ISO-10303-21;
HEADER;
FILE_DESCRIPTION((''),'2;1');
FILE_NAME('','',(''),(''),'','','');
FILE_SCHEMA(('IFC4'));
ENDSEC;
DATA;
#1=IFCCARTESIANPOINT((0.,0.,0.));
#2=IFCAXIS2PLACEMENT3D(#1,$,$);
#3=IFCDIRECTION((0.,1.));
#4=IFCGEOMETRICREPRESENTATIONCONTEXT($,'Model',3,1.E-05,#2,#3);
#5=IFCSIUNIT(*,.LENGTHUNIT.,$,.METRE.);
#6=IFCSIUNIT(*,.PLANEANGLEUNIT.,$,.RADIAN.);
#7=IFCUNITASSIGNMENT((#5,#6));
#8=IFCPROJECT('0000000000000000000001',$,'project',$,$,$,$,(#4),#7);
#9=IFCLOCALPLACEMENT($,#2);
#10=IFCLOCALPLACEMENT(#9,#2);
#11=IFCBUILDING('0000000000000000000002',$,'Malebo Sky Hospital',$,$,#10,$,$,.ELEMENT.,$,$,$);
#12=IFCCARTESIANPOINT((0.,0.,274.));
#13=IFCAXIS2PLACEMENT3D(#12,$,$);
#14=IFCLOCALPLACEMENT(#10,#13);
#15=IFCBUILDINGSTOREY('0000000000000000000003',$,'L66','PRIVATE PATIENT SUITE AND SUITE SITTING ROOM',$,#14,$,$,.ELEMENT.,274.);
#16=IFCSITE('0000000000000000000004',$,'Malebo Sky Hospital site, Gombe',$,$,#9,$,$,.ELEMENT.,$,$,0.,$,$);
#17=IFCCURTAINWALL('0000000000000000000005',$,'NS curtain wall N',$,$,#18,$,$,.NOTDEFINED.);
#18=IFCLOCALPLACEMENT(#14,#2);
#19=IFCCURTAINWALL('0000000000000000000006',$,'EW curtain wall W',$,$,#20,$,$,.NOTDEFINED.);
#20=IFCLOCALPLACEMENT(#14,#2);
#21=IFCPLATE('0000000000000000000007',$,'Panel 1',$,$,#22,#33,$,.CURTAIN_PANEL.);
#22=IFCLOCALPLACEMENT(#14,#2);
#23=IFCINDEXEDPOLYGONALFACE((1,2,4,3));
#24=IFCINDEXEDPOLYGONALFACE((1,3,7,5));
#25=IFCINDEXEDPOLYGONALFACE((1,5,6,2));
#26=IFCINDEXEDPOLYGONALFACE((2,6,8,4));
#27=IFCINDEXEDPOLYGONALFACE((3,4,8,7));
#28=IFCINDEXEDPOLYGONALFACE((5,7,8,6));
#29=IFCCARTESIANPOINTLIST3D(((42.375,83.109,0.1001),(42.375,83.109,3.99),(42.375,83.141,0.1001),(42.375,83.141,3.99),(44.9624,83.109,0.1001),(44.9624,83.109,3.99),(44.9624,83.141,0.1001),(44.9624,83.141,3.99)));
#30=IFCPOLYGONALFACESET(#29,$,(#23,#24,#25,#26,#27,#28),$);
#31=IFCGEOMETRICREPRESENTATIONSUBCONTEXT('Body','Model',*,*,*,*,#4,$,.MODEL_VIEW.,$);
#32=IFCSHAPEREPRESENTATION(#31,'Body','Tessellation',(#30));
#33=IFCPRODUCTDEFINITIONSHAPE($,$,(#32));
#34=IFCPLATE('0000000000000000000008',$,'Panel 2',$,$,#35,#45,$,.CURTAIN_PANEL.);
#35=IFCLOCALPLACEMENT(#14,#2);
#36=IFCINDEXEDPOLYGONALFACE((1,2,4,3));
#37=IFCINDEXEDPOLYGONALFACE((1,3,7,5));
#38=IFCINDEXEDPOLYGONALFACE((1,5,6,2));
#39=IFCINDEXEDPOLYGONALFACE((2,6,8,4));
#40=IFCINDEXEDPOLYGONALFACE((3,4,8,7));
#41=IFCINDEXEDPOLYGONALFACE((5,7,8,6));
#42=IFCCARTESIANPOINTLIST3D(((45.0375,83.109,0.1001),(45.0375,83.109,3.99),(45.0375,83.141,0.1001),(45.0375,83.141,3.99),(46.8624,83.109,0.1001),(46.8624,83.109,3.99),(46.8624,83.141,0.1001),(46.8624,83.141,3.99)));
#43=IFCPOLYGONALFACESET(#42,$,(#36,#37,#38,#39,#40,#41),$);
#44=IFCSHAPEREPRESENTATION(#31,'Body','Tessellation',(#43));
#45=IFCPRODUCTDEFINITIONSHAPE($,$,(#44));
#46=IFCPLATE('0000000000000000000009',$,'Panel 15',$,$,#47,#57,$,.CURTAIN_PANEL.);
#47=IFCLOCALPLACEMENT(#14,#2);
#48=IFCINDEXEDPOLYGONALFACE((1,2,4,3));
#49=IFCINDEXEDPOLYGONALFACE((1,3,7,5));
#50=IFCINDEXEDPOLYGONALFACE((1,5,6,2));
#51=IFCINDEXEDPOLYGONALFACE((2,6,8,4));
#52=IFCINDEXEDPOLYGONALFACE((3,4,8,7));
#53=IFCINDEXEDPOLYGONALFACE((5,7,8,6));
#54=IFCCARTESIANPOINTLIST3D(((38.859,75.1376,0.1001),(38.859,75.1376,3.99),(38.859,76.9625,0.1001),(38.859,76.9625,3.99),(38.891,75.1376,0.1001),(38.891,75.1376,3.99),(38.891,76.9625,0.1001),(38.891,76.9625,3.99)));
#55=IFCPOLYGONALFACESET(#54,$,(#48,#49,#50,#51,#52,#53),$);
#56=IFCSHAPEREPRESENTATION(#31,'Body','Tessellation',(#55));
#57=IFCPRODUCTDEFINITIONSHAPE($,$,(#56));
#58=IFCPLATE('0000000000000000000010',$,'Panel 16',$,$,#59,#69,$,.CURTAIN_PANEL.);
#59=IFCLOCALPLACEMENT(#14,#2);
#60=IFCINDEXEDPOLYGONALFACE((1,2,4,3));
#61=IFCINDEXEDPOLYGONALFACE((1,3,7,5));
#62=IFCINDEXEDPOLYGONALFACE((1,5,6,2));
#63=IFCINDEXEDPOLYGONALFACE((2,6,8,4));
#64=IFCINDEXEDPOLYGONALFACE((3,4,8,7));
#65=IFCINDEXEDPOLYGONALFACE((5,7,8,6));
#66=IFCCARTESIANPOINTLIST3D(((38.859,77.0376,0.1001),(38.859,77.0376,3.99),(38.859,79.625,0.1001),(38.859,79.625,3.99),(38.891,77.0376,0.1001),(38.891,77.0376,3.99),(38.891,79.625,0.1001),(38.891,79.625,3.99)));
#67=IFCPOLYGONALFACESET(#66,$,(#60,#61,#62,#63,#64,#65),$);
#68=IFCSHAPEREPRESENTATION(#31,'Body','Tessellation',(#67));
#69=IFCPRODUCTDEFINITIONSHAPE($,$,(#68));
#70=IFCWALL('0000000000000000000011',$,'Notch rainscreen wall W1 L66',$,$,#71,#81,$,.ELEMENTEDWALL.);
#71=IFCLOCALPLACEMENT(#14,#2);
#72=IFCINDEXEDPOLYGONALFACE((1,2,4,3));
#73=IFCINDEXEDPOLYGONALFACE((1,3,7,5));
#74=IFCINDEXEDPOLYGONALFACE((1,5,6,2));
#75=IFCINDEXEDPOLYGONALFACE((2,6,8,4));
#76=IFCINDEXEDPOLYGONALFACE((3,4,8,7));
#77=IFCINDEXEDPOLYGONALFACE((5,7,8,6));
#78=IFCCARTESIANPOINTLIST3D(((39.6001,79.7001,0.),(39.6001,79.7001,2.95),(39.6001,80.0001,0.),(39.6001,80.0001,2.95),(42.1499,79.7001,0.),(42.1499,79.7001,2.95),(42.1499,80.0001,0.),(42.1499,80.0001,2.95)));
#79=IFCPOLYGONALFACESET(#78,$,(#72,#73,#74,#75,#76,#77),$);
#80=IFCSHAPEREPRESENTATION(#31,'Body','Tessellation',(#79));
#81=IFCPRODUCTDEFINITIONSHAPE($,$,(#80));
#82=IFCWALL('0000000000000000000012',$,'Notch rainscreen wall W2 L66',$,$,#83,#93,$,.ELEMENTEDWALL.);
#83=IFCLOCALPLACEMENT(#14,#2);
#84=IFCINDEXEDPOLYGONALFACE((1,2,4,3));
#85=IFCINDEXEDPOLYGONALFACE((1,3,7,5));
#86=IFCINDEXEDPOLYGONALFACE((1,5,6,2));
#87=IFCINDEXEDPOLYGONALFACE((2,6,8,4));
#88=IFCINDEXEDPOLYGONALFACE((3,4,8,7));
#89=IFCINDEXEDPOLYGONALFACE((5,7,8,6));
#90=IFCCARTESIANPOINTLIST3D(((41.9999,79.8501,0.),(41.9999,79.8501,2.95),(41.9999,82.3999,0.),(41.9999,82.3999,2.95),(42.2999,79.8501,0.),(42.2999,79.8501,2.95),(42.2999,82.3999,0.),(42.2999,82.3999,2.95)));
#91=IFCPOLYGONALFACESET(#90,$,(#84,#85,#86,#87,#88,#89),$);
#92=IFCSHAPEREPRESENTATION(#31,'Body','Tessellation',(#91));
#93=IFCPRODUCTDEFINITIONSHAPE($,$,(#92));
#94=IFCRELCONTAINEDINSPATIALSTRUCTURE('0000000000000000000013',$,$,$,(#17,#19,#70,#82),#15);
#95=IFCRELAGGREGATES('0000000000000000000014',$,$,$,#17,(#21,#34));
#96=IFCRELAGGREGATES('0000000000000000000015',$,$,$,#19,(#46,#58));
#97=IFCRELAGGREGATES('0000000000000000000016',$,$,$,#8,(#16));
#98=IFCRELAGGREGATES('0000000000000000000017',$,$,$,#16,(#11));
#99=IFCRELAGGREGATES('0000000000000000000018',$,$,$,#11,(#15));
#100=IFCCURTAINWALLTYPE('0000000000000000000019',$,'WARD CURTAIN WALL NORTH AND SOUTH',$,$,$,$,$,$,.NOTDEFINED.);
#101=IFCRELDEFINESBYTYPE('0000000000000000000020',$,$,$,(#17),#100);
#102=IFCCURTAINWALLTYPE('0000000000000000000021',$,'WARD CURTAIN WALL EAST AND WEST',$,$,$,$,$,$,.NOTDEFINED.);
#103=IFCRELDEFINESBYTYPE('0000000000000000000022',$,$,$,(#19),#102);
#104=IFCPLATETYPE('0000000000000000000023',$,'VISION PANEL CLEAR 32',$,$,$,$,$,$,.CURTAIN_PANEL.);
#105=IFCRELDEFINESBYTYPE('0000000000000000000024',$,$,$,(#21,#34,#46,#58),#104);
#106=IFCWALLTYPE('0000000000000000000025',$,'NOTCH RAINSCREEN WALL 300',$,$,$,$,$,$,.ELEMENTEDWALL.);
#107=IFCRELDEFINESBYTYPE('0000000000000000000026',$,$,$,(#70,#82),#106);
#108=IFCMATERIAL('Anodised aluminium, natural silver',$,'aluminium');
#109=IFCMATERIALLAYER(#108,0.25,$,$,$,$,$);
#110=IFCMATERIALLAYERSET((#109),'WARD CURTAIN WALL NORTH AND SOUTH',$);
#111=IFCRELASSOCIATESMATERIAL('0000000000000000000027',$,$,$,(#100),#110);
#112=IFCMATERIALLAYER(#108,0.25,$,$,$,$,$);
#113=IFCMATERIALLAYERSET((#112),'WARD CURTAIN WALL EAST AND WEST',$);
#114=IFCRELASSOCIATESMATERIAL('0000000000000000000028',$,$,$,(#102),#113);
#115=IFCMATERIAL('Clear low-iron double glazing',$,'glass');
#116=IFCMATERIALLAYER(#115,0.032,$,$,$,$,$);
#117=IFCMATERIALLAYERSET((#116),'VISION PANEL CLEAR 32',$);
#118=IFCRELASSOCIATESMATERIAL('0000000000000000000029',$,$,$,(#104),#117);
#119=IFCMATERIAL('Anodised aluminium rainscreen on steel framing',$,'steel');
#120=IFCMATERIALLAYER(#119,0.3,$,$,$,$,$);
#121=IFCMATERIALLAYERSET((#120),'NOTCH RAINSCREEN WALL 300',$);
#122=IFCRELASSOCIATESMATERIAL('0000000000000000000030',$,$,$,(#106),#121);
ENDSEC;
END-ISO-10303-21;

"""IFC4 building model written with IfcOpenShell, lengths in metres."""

from ifc_helpers import new_model, si_unit, direction, frame, frame_2d, origin, origin_2d, place, context, subcontext, project, spatial, rectangle, extrude, material, layer, layer_set, type_object, element, aggregate, save


model = new_model("IFC4")

# Units and contexts
model_context = context("Model", 3, precision=1e-05, world=origin(), true_north=direction((0.0, 1.0)))
body_context = subcontext(model_context, "Body", "Model", "MODEL_VIEW")
ifc_project = project(units=[si_unit("LENGTHUNIT", "METRE"), si_unit("PLANEANGLEUNIT", "RADIAN")], contexts=[model_context])

# Site, building, storey
site_placement = place(None, origin())
site = spatial("IfcSite", under=ifc_project, at=site_placement, Name="Malebo Sky Hospital site, Gombe", CompositionType="ELEMENT", RefElevation=0.0)
building_placement = place(site_placement, origin())
building = spatial("IfcBuilding", under=site, at=building_placement, Name="Malebo Sky Hospital", CompositionType="ELEMENT")
storey_placement = place(building_placement, frame((0.0, 0.0, 274.0)))
storey = spatial("IfcBuildingStorey", under=building, at=storey_placement, Name="L66", Description="PRIVATE PATIENT SUITE AND SUITE SITTING ROOM", CompositionType="ELEMENT", Elevation=274.0)

# Curtain walls
ifc_material_1 = material(Name="Anodised aluminium, natural silver", Category="aluminium")
ifc_layer_1 = layer(ifc_material_1, 0.25)
ifc_layer_set_1 = layer_set([ifc_layer_1], Name="WARD CURTAIN WALL NORTH AND SOUTH")
curtain_wall_type_1 = type_object("IfcCurtainWallType", Name="WARD CURTAIN WALL NORTH AND SOUTH", PredefinedType="NOTDEFINED", material=ifc_layer_set_1)
curtain_wall_1_placement = place(storey_placement, origin())
curtain_wall_1 = element("IfcCurtainWall", 1, at=curtain_wall_1_placement, inside=storey, type_object=curtain_wall_type_1, Name="NS curtain wall N", PredefinedType="NOTDEFINED")
ifc_layer_2 = layer(ifc_material_1, 0.25)
ifc_layer_set_2 = layer_set([ifc_layer_2], Name="WARD CURTAIN WALL EAST AND WEST")
curtain_wall_type_2 = type_object("IfcCurtainWallType", Name="WARD CURTAIN WALL EAST AND WEST", PredefinedType="NOTDEFINED", material=ifc_layer_set_2)
curtain_wall_2_placement = place(storey_placement, origin())
curtain_wall_2 = element("IfcCurtainWall", 2, at=curtain_wall_2_placement, inside=storey, type_object=curtain_wall_type_2, Name="EW curtain wall W", PredefinedType="NOTDEFINED")

# Plates
ifc_material_2 = material(Name="Clear low-iron double glazing", Category="glass")
ifc_layer_3 = layer(ifc_material_2, 0.032)
ifc_layer_set_3 = layer_set([ifc_layer_3], Name="VISION PANEL CLEAR 32")
plate_type = type_object("IfcPlateType", Name="VISION PANEL CLEAR 32", PredefinedType="CURTAIN_PANEL", material=ifc_layer_set_3)
plate_1_placement = place(storey_placement, frame((43.6687, 83.125, 0.1001), z_axis=(0.0, 0.0, 1.0), x_axis=(1.0, 0.0, 0.0)))
plate_1 = element("IfcPlate", 3, at=plate_1_placement, type_object=plate_type, Name="Panel 1", PredefinedType="CURTAIN_PANEL", context=body_context, shape_type="SweptSolid", body=[
    extrude(rectangle(XDim=2.5874, YDim=0.032, at=origin_2d()), origin(), (0.0, 0.0, 1.0), 3.8899),
])
plate_2_placement = place(storey_placement, frame((45.95, 83.125, 0.1001), z_axis=(0.0, 0.0, 1.0), x_axis=(1.0, 0.0, 0.0)))
plate_2 = element("IfcPlate", 4, at=plate_2_placement, type_object=plate_type, Name="Panel 2", PredefinedType="CURTAIN_PANEL", context=body_context, shape_type="SweptSolid", body=[
    extrude(rectangle(XDim=1.825, YDim=0.032, at=origin_2d()), origin(), (0.0, 0.0, 1.0), 3.8899),
])
aggregate(curtain_wall_1, [plate_1, plate_2])
plate_3_placement = place(storey_placement, frame((38.875, 76.05, 0.1001), z_axis=(0.0, 0.0, 1.0), x_axis=(0.0, 1.0, 0.0)))
plate_3 = element("IfcPlate", 5, at=plate_3_placement, type_object=plate_type, Name="Panel 15", PredefinedType="CURTAIN_PANEL", context=body_context, shape_type="SweptSolid", body=[
    extrude(rectangle(XDim=1.825, YDim=0.032, at=origin_2d()), origin(), (0.0, 0.0, 1.0), 3.8899),
])
plate_4_placement = place(storey_placement, frame((38.875, 78.3313, 0.1001), z_axis=(0.0, 0.0, 1.0), x_axis=(0.0, 1.0, 0.0)))
plate_4 = element("IfcPlate", 6, at=plate_4_placement, type_object=plate_type, Name="Panel 16", PredefinedType="CURTAIN_PANEL", context=body_context, shape_type="SweptSolid", body=[
    extrude(rectangle(XDim=2.5874, YDim=0.032, at=origin_2d()), origin(), (0.0, 0.0, 1.0), 3.8899),
])
aggregate(curtain_wall_2, [plate_3, plate_4])

# Walls
ifc_material_3 = material(Name="Anodised aluminium rainscreen on steel framing", Category="steel")
ifc_layer_4 = layer(ifc_material_3, 0.3)
ifc_layer_set_4 = layer_set([ifc_layer_4], Name="NOTCH RAINSCREEN WALL 300")
wall_type = type_object("IfcWallType", Name="NOTCH RAINSCREEN WALL 300", PredefinedType="ELEMENTEDWALL", material=ifc_layer_set_4)
for number, where, z_axis, x_axis, name in (
    (7, (39.6001, 79.8501, 0.0), (0.0, 0.0, 1.0), (1.0, 0.0, 0.0), "Notch rainscreen wall W1 L66"),
    (8, (42.1499, 79.8501, 0.0), (0.0, 0.0, 1.0), (0.0, 1.0, 0.0), "Notch rainscreen wall W2 L66"),
):
    element("IfcWall", number, at=place(storey_placement, frame(where, z_axis=z_axis, x_axis=x_axis)), inside=storey, type_object=wall_type, Name=name, PredefinedType="ELEMENTEDWALL", context=body_context, shape_type="SweptSolid", body=[
        extrude(rectangle(XDim=2.5498, YDim=0.3, at=frame_2d((1.2749, 0.0))), origin(), (0.0, 0.0, 1.0), 2.95),
    ])

save(model, "model.ifc")
